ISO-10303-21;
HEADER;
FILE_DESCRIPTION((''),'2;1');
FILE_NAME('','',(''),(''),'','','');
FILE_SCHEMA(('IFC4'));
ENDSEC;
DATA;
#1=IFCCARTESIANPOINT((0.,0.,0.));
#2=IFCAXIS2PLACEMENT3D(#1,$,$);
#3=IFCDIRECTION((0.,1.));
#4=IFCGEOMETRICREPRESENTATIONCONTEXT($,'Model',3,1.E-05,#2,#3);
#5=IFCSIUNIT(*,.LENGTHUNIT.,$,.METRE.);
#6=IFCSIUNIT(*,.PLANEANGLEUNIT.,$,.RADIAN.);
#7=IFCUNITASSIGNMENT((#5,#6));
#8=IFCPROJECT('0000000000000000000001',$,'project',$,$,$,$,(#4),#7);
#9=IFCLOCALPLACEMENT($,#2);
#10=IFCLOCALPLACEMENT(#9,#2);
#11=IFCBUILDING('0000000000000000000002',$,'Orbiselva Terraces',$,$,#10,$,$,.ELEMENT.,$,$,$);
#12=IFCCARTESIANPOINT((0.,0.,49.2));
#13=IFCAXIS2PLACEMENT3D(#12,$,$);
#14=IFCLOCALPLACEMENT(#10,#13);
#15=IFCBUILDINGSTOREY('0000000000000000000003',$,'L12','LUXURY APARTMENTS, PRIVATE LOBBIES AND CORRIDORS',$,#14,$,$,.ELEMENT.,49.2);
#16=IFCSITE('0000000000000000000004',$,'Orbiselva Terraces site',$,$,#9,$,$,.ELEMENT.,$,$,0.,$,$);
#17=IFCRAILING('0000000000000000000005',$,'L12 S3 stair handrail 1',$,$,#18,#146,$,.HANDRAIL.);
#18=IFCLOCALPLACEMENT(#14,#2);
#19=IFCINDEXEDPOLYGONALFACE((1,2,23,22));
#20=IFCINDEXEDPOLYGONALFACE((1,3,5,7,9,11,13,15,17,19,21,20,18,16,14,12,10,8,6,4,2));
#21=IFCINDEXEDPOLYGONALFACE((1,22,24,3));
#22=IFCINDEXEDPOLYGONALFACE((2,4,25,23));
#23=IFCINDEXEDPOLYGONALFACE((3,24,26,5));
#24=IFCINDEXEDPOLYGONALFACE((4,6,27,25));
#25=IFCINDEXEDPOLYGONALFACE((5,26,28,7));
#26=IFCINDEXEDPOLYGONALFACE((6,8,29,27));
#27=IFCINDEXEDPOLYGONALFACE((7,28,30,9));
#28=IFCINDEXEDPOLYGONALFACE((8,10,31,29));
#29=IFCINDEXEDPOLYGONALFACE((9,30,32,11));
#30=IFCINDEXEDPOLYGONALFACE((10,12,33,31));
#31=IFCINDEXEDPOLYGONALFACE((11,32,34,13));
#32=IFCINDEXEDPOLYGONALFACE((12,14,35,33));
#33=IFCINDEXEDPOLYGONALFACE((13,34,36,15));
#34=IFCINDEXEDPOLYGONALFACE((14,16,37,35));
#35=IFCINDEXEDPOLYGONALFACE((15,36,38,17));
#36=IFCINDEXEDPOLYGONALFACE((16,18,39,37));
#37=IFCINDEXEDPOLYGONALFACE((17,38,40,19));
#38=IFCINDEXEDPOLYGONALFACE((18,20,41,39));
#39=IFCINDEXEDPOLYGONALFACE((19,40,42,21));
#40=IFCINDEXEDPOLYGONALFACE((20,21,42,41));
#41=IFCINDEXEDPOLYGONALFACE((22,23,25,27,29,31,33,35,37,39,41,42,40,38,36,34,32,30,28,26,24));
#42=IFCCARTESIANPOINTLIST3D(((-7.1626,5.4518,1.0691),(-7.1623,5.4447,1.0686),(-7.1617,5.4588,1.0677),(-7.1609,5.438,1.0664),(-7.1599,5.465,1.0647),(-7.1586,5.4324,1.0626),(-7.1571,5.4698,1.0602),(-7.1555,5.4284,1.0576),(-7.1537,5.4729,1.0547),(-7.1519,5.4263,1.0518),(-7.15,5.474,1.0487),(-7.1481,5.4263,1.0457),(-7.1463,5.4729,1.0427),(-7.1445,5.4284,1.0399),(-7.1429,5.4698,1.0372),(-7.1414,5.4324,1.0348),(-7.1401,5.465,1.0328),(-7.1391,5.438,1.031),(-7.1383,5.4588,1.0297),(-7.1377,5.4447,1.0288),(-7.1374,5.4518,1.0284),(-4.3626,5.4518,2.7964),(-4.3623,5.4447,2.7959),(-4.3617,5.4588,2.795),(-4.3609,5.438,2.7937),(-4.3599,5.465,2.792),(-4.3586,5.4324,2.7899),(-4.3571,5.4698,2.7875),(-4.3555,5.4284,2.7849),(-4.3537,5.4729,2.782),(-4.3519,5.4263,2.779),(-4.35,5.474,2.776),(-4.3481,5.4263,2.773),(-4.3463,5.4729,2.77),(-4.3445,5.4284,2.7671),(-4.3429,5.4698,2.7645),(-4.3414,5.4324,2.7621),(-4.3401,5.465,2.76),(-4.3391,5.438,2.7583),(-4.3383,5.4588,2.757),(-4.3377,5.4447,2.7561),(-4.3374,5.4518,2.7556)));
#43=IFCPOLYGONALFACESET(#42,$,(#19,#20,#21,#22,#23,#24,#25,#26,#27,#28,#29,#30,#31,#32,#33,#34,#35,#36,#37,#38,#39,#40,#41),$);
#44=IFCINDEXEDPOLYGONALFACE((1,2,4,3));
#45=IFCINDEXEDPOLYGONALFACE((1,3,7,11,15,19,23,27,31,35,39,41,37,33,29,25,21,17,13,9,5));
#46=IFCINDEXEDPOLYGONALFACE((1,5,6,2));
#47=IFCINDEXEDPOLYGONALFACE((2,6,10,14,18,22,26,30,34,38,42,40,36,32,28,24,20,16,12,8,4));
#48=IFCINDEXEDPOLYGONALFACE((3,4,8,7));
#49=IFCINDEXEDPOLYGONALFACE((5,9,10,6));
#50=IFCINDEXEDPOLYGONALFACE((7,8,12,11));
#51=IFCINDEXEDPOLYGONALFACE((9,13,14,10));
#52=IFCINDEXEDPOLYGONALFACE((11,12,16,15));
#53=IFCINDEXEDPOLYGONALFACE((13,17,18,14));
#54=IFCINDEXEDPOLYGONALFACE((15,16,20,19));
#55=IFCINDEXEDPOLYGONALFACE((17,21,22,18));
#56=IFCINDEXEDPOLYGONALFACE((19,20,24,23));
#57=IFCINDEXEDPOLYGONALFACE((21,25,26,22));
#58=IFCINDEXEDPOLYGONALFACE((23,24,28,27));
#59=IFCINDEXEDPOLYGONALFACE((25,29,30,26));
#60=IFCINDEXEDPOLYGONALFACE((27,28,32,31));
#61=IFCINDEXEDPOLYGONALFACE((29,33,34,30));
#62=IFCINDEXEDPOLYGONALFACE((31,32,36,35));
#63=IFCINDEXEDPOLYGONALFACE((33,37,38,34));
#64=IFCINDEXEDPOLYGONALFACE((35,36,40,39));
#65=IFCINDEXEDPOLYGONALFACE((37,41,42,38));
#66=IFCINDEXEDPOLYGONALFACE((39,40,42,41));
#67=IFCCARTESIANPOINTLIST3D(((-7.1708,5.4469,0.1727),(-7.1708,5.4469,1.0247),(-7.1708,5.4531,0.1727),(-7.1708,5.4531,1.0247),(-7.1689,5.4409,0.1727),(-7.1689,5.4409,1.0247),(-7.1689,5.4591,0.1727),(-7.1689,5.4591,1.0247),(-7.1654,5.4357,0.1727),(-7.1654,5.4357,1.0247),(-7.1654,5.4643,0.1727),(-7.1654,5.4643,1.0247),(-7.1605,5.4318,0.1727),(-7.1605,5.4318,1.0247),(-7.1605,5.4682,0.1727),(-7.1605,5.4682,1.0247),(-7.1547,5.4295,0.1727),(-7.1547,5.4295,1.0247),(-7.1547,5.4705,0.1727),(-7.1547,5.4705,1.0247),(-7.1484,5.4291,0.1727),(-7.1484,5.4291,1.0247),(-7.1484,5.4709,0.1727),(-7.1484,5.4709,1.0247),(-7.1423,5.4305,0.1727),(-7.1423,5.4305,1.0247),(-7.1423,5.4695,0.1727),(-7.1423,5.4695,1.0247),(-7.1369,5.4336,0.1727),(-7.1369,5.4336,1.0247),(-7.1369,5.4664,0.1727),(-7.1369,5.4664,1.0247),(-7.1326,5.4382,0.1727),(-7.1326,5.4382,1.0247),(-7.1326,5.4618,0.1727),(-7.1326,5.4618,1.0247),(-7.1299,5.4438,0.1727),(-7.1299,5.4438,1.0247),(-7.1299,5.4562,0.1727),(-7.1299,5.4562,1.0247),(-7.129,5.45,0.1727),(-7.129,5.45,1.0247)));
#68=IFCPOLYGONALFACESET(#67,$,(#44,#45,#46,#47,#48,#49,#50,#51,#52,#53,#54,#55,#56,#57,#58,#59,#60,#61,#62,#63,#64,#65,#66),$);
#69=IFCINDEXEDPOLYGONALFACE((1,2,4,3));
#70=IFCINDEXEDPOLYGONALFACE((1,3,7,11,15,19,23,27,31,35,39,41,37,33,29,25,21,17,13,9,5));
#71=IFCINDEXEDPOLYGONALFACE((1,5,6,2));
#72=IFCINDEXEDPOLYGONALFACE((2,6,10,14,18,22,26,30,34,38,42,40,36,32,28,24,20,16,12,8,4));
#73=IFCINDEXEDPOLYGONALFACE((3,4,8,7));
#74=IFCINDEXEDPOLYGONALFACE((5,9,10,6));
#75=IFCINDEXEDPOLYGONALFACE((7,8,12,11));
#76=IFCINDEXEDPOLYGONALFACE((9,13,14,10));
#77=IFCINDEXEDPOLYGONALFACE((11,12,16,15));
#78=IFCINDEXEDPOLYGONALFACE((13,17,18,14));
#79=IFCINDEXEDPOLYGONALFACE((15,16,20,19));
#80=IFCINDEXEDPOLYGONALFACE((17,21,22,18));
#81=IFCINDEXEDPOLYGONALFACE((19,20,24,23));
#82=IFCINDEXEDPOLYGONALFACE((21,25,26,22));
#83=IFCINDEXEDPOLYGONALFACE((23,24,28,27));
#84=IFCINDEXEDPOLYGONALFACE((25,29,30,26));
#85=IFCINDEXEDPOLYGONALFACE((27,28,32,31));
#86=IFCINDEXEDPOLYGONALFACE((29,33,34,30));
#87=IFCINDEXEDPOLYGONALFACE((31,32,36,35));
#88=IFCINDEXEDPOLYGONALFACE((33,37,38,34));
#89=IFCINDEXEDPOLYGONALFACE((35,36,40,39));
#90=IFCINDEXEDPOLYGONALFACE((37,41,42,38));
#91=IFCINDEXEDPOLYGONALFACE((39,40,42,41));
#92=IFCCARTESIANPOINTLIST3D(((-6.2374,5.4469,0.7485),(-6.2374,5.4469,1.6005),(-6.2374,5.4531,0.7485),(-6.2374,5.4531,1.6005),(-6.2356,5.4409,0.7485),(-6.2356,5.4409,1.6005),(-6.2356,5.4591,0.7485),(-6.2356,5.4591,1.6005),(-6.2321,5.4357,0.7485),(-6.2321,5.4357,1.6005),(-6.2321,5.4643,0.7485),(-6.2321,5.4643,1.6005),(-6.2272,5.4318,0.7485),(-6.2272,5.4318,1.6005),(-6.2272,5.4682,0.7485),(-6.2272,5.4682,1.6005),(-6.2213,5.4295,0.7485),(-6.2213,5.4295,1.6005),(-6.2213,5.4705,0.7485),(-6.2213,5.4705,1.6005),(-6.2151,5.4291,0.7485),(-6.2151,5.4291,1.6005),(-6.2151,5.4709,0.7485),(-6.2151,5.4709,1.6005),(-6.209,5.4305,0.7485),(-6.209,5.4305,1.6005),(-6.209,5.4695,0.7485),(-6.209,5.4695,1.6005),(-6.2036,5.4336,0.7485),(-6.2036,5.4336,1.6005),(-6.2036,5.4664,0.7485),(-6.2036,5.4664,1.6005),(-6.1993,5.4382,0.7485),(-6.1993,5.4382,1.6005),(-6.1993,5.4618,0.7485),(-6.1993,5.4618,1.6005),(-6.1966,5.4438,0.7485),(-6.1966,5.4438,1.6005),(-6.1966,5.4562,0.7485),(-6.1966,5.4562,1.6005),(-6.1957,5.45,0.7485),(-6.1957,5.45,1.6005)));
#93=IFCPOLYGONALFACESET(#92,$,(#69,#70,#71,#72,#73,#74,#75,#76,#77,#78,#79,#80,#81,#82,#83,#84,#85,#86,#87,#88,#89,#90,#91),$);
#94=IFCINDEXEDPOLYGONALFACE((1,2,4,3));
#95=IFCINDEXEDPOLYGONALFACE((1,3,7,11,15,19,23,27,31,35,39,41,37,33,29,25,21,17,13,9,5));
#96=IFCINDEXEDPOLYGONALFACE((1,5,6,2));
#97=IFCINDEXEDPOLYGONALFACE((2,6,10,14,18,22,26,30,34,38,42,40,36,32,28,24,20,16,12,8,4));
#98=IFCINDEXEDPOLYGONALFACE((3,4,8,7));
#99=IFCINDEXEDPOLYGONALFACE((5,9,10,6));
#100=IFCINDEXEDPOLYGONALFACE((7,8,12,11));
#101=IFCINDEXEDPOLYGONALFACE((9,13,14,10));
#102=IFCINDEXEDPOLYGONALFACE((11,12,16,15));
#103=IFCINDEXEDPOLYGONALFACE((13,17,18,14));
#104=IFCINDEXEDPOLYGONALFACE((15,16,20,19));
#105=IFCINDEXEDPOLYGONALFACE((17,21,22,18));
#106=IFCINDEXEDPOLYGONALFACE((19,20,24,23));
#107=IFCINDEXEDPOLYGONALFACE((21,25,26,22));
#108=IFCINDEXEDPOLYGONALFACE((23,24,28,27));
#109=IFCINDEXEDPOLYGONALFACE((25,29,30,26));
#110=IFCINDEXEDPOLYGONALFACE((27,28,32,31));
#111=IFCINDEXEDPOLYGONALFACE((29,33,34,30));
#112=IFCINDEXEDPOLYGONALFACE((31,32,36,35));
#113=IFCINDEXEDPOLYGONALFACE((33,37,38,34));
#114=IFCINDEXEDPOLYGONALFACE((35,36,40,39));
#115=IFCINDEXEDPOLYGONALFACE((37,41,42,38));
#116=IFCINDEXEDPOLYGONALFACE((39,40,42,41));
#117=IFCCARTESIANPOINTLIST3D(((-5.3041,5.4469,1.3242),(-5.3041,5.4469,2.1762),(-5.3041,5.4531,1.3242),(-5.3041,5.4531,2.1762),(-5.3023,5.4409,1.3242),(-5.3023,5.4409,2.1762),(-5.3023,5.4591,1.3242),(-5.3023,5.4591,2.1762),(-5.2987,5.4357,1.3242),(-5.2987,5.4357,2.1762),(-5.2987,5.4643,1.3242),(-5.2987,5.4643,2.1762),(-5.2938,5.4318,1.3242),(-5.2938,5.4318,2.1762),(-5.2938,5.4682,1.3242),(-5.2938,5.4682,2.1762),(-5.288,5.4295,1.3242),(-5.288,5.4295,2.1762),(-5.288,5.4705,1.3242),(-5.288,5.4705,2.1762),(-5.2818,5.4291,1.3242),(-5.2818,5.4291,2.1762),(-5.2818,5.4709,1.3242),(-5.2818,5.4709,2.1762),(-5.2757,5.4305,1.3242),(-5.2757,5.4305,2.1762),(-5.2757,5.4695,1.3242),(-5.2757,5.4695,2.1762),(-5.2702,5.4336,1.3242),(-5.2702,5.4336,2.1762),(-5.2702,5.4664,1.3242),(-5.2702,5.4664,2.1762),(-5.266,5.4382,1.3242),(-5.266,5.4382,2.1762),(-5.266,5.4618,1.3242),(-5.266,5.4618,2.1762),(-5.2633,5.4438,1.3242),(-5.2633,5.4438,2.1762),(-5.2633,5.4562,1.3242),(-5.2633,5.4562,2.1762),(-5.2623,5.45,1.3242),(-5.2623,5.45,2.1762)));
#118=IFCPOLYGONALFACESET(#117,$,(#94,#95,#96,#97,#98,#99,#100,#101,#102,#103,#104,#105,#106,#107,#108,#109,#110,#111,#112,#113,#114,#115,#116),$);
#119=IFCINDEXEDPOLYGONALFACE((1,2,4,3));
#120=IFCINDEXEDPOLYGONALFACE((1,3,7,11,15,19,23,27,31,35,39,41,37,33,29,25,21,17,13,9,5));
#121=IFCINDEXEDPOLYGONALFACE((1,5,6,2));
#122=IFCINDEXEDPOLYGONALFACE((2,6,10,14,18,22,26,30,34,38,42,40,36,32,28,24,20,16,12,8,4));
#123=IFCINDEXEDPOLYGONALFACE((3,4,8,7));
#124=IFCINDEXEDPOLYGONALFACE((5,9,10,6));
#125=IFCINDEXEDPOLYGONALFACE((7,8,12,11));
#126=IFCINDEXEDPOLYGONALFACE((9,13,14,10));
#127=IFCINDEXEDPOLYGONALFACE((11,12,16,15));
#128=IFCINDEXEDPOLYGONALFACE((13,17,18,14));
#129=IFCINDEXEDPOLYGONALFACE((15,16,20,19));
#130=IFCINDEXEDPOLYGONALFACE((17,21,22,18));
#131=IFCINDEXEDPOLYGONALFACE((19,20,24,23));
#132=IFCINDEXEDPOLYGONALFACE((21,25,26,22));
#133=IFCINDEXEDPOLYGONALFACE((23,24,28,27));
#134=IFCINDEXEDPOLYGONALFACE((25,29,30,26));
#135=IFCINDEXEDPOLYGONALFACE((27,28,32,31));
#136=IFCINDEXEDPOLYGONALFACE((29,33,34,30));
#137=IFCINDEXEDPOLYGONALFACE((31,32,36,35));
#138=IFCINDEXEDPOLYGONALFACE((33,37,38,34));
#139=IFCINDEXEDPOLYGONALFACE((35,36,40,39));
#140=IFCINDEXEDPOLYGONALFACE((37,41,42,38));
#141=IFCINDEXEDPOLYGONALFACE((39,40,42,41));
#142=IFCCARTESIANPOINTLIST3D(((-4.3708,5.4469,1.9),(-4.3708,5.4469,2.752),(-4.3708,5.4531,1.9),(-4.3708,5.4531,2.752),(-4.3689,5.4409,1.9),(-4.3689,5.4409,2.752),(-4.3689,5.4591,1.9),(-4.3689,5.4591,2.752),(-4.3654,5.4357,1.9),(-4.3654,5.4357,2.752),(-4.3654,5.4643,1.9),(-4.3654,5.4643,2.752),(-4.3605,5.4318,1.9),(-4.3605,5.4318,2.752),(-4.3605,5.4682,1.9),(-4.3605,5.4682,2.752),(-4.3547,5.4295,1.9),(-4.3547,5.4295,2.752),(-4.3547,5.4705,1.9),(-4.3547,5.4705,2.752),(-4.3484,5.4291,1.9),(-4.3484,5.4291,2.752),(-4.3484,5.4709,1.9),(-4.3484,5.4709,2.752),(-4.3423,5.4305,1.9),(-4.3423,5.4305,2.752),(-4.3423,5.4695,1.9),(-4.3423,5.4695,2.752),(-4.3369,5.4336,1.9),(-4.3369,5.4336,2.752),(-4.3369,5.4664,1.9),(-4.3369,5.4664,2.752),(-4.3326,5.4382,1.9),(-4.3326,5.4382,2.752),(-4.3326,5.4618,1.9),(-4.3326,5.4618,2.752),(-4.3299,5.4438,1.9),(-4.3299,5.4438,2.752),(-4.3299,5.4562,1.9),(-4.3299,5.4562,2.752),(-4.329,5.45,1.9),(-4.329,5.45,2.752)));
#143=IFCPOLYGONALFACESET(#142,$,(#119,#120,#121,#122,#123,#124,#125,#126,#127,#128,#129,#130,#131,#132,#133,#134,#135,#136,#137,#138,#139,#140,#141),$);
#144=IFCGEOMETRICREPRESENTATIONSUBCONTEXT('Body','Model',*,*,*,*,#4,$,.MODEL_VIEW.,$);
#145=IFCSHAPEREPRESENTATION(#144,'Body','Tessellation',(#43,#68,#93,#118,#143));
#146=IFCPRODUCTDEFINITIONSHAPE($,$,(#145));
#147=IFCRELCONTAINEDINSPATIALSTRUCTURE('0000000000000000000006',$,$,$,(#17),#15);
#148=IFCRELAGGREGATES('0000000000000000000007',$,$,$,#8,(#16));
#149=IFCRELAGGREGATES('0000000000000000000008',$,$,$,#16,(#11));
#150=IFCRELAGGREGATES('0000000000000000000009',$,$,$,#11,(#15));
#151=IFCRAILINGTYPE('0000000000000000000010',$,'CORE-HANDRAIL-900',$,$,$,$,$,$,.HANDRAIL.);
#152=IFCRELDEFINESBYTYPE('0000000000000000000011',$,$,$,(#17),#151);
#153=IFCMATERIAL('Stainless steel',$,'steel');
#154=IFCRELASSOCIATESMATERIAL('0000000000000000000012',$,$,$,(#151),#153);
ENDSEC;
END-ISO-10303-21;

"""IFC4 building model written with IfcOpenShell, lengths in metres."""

from ifc_helpers import new_model, si_unit, direction, frame, origin, origin_2d, place, context, subcontext, project, spatial, circle, extrude, material, type_object, element, save


model = new_model("IFC4")

# Units and contexts
model_context = context("Model", 3, precision=1e-05, world=origin(), true_north=direction((0.0, 1.0)))
body_context = subcontext(model_context, "Body", "Model", "MODEL_VIEW")
ifc_project = project(units=[si_unit("LENGTHUNIT", "METRE"), si_unit("PLANEANGLEUNIT", "RADIAN")], contexts=[model_context])

# Site, building, storey
site_placement = place(None, origin())
site = spatial("IfcSite", under=ifc_project, at=site_placement, Name="Orbiselva Terraces site", CompositionType="ELEMENT", RefElevation=0.0)
building_placement = place(site_placement, origin())
building = spatial("IfcBuilding", under=site, at=building_placement, Name="Orbiselva Terraces", CompositionType="ELEMENT")
storey_placement = place(building_placement, frame((0.0, 0.0, 49.2)))
storey = spatial("IfcBuildingStorey", under=building, at=storey_placement, Name="L12", Description="LUXURY APARTMENTS, PRIVATE LOBBIES AND CORRIDORS", CompositionType="ELEMENT", Elevation=49.2)

# Railing
ifc_material_1 = material(Name="Stainless steel", Category="steel")
railing_type_1 = type_object("IfcRailingType", Name="CORE-HANDRAIL-900", PredefinedType="HANDRAIL", material=ifc_material_1)
railing_1_placement = place(storey_placement, frame((-7.15, 5.45, 0.1727)))
element("IfcRailing", 1, at=railing_1_placement, inside=storey, type_object=railing_type_1, Name="L12 S3 stair handrail 1", PredefinedType="HANDRAIL", context=body_context, shape_type="SweptSolid", body=[
    extrude(circle(Radius=0.024, at=origin_2d()), frame((0.0, 0.0, 0.876), z_axis=(0.851089, 0.0, 0.525022), x_axis=(0.0, 1.0, 0.0)), (0.0, 0.0, 1.0), 3.2899),
    extrude(circle(Radius=0.021, at=origin_2d()), origin(), (0.0, 0.0, 1.0), 0.852),
    extrude(circle(Radius=0.021, at=origin_2d()), frame((0.9333, 0.0, 0.5758)), (0.0, 0.0, 1.0), 0.852),
    extrude(circle(Radius=0.021, at=origin_2d()), frame((1.8667, 0.0, 1.1515)), (0.0, 0.0, 1.0), 0.852),
    extrude(circle(Radius=0.021, at=origin_2d()), frame((2.8, 0.0, 1.7273)), (0.0, 0.0, 1.0), 0.852),
])

save(model, "model.ifc")
